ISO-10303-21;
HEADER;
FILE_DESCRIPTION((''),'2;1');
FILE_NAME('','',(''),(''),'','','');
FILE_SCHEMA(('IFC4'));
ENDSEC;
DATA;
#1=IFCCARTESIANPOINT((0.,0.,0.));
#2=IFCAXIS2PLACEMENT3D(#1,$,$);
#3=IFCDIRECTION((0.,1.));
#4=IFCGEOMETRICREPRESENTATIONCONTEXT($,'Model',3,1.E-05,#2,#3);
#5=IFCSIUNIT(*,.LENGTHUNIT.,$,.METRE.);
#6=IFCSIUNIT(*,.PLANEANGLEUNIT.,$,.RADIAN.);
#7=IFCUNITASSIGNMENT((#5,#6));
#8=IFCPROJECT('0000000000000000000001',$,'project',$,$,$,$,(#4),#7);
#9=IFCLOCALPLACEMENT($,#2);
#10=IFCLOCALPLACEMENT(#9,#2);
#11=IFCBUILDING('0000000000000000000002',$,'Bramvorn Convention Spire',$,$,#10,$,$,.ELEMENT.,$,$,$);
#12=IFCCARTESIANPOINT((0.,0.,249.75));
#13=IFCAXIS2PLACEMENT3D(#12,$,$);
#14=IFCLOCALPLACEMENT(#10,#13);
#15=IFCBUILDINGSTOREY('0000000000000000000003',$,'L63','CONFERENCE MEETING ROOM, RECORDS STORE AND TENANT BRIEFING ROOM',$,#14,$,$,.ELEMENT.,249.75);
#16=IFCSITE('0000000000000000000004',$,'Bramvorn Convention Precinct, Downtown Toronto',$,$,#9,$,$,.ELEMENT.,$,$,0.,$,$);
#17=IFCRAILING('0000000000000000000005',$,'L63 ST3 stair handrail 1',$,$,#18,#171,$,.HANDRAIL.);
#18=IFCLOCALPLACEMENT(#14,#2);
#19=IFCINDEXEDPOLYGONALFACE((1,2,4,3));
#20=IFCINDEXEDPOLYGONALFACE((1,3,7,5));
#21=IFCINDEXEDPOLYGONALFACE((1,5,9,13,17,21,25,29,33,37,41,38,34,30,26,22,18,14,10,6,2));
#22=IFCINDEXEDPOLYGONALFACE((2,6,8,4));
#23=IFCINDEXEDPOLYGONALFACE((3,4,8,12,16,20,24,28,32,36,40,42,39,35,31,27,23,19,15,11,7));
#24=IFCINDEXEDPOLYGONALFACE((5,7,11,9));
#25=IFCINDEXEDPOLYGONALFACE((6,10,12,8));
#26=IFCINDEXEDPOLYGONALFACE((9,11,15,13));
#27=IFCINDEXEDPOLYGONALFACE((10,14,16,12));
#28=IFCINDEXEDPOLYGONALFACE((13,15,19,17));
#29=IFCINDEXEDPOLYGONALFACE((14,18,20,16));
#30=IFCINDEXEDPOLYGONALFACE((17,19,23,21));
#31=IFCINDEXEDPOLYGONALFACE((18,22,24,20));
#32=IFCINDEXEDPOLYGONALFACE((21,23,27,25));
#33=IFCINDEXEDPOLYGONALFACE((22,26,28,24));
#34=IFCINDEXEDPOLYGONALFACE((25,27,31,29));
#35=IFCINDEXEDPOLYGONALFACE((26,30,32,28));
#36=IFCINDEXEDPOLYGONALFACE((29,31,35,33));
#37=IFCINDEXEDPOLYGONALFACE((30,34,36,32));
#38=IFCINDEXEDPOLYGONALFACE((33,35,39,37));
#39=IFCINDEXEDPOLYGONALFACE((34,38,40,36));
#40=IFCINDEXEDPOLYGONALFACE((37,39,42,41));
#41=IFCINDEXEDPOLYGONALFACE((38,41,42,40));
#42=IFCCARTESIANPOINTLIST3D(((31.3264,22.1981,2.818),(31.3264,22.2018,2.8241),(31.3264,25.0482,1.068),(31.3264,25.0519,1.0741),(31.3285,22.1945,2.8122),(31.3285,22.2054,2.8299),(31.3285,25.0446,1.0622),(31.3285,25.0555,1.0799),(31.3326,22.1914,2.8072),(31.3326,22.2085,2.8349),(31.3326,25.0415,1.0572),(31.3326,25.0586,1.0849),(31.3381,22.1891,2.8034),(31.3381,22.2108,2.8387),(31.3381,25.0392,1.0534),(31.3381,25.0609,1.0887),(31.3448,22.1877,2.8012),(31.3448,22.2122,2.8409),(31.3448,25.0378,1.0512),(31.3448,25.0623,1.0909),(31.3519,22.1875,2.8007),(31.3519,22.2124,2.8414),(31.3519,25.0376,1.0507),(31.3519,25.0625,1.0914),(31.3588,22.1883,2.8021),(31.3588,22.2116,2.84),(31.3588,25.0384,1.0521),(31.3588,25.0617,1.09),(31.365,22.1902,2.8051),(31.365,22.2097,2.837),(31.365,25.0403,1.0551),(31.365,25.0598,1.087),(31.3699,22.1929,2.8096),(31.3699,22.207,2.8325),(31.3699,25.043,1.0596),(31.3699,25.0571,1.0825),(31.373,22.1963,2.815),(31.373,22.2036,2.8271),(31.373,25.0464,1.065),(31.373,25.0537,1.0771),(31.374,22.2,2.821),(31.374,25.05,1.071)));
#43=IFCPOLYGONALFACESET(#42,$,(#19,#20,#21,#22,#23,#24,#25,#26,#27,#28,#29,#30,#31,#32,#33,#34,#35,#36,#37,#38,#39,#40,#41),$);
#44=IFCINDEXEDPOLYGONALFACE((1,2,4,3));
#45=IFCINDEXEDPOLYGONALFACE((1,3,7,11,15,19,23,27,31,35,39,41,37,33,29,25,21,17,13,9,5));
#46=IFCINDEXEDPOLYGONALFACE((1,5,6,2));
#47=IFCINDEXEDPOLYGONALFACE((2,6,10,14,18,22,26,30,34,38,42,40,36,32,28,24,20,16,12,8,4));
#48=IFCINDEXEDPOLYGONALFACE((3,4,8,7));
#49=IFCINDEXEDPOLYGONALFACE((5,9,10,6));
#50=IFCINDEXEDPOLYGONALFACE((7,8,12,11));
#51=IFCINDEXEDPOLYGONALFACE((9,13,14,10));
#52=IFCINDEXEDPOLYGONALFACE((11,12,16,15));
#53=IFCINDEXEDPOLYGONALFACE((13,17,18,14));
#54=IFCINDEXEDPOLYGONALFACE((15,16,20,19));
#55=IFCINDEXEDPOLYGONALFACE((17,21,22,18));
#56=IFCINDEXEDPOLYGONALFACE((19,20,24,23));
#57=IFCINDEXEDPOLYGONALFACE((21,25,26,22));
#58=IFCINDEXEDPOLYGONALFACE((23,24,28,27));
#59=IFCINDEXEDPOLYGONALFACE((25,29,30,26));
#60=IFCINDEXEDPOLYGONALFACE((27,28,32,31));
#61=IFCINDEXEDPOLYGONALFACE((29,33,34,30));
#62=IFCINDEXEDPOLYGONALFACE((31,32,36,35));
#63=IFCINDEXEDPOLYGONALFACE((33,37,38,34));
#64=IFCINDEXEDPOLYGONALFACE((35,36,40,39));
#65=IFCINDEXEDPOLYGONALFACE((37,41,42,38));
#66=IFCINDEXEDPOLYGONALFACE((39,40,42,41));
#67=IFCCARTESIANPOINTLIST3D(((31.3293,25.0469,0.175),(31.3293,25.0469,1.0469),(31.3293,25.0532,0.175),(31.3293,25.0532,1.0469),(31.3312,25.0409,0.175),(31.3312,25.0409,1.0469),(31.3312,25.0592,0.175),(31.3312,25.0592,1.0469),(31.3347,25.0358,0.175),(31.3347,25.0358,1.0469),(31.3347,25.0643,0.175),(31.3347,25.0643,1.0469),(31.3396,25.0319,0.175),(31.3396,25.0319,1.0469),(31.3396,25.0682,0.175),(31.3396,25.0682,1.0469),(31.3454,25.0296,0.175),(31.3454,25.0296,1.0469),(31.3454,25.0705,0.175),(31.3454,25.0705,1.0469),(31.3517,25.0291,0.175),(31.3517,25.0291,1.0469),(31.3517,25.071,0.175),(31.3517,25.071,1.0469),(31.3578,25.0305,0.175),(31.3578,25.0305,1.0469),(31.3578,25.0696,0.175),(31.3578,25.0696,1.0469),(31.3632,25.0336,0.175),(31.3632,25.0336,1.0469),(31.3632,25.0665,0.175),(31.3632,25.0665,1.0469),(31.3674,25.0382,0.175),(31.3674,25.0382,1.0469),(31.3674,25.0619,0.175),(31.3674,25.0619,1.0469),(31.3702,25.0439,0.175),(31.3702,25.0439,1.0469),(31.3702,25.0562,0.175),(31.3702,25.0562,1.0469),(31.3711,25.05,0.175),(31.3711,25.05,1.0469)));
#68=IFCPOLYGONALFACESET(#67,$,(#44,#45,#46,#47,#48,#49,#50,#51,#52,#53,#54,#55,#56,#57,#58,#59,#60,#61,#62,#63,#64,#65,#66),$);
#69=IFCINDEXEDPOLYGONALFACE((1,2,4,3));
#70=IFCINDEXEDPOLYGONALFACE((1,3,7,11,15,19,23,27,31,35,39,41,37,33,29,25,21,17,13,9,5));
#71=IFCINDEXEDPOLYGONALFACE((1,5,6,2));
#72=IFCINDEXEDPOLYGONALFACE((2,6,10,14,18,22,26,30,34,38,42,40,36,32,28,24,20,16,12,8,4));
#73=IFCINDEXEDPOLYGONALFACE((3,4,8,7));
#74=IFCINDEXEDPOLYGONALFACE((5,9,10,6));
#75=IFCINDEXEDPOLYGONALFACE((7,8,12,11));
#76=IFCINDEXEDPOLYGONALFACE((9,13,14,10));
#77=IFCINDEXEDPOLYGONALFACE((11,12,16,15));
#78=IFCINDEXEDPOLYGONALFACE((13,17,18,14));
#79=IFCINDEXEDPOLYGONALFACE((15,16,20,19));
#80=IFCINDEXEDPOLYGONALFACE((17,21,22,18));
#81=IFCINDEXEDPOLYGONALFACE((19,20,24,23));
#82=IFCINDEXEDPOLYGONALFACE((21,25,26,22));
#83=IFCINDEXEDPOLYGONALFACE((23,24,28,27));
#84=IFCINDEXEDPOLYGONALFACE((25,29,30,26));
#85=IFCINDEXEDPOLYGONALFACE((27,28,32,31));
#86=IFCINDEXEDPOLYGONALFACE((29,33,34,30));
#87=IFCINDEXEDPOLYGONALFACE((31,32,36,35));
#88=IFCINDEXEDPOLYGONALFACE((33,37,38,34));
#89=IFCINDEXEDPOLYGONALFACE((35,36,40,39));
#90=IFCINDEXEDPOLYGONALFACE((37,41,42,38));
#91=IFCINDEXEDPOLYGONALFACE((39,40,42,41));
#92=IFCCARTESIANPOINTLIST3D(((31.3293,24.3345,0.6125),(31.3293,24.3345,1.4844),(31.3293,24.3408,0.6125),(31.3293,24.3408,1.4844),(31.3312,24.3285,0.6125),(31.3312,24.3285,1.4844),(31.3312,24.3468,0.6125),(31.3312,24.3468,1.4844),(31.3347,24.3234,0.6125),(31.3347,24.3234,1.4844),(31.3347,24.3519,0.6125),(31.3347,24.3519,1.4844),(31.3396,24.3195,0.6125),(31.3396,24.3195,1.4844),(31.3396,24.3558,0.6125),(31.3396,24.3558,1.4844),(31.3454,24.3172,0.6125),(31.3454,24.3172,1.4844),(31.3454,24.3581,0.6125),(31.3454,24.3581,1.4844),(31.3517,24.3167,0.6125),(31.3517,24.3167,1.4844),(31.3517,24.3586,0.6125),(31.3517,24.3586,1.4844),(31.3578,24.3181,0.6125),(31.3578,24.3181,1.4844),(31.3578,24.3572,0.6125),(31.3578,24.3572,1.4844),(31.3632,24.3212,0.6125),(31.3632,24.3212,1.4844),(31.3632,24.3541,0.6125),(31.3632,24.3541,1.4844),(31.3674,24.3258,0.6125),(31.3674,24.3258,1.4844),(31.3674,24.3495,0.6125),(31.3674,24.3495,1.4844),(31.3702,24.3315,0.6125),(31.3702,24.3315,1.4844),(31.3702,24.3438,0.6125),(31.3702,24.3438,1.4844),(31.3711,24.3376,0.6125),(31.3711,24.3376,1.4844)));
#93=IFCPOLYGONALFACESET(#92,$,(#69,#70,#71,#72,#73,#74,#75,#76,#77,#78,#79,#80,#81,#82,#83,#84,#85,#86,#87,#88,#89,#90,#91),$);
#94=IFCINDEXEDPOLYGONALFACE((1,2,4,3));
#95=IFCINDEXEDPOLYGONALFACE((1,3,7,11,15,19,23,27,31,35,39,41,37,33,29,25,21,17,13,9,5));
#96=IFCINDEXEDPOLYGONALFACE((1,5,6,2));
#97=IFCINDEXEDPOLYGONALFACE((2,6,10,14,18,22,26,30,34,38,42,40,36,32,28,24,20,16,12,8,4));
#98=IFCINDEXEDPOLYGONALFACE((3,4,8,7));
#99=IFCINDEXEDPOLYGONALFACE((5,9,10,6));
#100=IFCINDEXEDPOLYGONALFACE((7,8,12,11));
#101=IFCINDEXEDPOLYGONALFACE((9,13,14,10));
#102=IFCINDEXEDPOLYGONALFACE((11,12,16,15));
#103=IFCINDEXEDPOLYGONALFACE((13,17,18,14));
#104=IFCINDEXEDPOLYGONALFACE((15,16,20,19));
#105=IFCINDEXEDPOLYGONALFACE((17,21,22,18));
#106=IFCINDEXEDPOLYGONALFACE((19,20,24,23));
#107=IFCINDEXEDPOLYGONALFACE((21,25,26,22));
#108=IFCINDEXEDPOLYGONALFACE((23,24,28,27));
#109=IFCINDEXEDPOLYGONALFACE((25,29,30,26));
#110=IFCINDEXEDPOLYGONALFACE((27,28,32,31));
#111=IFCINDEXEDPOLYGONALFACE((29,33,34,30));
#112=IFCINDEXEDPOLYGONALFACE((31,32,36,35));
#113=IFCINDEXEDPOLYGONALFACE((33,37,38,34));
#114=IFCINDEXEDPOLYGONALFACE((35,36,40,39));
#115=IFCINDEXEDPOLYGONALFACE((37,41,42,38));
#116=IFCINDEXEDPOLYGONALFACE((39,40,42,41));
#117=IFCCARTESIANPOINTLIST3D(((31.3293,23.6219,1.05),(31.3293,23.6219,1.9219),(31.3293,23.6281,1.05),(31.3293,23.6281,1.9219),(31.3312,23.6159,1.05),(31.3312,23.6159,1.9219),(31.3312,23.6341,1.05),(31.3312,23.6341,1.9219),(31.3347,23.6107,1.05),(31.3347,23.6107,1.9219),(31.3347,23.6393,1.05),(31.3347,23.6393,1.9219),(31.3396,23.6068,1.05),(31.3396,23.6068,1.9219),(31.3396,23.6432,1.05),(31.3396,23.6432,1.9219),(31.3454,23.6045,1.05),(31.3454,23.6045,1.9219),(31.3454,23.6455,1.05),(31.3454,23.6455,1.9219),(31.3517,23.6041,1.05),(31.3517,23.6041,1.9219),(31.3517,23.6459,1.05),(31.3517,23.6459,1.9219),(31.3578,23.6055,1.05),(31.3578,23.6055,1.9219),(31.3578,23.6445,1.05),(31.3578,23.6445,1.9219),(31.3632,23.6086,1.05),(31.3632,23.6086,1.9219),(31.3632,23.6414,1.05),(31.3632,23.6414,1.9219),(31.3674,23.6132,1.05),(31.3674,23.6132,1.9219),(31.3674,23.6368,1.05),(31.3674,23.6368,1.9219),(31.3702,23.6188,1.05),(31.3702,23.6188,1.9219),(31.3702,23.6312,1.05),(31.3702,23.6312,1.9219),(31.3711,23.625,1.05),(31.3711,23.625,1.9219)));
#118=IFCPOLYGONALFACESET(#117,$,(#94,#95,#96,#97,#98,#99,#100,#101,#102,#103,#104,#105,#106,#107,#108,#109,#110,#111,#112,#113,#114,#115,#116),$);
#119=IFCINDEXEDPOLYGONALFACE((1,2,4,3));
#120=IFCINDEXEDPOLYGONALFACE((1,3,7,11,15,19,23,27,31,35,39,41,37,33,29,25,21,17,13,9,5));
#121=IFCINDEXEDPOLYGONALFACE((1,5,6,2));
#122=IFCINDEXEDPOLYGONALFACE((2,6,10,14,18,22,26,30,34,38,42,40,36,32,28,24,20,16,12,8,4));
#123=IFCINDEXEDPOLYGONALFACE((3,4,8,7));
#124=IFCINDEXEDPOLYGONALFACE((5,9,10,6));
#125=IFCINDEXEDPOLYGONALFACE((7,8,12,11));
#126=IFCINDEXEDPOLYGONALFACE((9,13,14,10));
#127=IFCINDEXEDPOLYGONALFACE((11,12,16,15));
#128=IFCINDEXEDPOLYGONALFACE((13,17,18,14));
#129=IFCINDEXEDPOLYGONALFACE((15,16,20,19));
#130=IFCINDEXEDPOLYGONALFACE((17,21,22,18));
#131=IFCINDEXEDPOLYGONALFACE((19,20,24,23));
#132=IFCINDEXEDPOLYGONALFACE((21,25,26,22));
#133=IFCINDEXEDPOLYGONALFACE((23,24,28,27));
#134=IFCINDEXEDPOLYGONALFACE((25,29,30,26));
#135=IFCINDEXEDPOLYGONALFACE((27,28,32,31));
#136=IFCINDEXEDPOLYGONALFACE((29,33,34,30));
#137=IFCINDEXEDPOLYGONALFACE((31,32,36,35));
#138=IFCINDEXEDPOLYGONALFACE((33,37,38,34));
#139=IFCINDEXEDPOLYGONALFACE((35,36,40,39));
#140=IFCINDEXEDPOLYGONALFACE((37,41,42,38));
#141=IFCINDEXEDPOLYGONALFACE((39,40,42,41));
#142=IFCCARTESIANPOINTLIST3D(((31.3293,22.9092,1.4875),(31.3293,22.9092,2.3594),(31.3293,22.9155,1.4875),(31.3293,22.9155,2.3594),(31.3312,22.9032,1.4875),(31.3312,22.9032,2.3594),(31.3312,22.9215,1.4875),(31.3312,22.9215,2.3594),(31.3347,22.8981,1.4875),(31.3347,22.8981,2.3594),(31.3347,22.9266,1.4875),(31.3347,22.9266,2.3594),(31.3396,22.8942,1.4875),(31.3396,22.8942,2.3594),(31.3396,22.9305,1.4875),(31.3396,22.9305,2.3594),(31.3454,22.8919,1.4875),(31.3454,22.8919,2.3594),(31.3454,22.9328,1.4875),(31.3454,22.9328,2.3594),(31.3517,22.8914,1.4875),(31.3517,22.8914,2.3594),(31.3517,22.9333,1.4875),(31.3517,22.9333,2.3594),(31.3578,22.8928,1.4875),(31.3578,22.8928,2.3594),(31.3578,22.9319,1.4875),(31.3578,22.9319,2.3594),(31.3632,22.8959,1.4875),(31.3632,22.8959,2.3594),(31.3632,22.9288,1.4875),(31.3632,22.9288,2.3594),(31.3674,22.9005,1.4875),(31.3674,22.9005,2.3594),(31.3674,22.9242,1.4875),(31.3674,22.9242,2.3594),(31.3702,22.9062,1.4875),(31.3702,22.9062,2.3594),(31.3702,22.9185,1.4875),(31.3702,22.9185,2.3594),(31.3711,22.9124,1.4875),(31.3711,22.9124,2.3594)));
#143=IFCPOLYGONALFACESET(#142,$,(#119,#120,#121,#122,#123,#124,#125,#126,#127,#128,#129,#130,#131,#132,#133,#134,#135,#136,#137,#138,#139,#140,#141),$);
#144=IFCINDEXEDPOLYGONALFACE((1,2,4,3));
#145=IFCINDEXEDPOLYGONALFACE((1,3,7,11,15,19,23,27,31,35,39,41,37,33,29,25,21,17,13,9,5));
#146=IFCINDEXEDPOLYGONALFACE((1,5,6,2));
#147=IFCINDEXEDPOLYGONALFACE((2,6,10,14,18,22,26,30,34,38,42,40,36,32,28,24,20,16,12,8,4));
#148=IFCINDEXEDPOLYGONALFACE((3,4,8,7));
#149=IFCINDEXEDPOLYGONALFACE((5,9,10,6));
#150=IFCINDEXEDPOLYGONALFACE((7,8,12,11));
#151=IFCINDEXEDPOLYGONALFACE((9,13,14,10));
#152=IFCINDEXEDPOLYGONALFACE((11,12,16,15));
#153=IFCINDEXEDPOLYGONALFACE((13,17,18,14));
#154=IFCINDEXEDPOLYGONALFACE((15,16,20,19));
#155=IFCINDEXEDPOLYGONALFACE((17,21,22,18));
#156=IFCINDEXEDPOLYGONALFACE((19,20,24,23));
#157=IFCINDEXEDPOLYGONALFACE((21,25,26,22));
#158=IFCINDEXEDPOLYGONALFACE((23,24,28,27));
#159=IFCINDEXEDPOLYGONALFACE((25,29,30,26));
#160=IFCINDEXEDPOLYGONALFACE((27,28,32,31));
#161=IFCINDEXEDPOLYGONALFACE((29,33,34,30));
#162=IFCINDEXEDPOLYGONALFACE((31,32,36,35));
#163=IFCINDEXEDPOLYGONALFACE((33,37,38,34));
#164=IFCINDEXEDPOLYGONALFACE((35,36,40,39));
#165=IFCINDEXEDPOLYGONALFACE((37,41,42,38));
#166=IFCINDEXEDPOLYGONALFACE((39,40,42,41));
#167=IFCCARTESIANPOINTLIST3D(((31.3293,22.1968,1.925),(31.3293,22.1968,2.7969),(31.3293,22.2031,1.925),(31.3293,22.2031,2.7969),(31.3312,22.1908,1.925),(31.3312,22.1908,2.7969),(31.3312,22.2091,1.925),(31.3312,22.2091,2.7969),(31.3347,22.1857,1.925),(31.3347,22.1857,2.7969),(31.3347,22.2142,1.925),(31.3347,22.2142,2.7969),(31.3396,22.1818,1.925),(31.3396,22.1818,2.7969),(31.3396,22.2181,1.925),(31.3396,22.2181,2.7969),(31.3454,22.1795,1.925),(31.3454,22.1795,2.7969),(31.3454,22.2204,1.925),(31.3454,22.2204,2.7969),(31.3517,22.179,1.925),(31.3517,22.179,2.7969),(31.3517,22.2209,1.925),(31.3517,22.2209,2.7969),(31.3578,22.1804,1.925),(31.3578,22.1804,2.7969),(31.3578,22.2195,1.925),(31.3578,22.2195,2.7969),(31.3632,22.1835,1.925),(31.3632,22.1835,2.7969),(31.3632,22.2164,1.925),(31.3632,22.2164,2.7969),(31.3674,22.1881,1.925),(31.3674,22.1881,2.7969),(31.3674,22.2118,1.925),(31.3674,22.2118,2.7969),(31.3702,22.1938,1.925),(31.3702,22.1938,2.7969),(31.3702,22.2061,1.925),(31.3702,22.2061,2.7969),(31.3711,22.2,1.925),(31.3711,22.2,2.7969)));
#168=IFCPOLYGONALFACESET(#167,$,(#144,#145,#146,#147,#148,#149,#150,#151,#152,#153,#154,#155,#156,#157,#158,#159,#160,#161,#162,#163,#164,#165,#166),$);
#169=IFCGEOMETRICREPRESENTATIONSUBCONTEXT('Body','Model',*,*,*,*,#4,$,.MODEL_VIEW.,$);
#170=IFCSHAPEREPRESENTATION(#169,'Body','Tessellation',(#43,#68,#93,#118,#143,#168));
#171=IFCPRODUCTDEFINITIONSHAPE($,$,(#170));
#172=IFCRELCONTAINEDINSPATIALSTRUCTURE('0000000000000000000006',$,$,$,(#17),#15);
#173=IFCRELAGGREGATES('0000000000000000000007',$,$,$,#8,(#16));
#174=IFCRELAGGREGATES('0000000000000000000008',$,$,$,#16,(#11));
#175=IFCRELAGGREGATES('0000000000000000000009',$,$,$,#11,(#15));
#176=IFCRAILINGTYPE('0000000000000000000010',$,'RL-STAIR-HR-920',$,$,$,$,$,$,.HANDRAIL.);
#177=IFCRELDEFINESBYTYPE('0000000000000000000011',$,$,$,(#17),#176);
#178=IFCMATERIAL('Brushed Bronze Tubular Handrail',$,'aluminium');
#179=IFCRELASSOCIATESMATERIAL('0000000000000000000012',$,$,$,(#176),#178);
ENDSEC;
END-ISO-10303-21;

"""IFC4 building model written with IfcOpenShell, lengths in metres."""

from ifc_helpers import new_model, si_unit, direction, frame, origin, origin_2d, place, context, subcontext, project, spatial, circle, extrude, material, type_object, element, save


model = new_model("IFC4")

# Units and contexts
model_context = context("Model", 3, precision=1e-05, world=origin(), true_north=direction((0.0, 1.0)))
body_context = subcontext(model_context, "Body", "Model", "MODEL_VIEW")
ifc_project = project(units=[si_unit("LENGTHUNIT", "METRE"), si_unit("PLANEANGLEUNIT", "RADIAN")], contexts=[model_context])

# Site, building, storey
site_placement = place(None, origin())
site = spatial("IfcSite", under=ifc_project, at=site_placement, Name="Bramvorn Convention Precinct, Downtown Toronto", CompositionType="ELEMENT", RefElevation=0.0)
building_placement = place(site_placement, origin())
building = spatial("IfcBuilding", under=site, at=building_placement, Name="Bramvorn Convention Spire", CompositionType="ELEMENT")
storey_placement = place(building_placement, frame((0.0, 0.0, 249.75)))
storey = spatial("IfcBuildingStorey", under=building, at=storey_placement, Name="L63", Description="CONFERENCE MEETING ROOM, RECORDS STORE AND TENANT BRIEFING ROOM", CompositionType="ELEMENT", Elevation=249.75)

# Railing
ifc_material_1 = material(Name="Brushed Bronze Tubular Handrail", Category="aluminium")
railing_type_1 = type_object("IfcRailingType", Name="RL-STAIR-HR-920", PredefinedType="HANDRAIL", material=ifc_material_1)
railing_1_placement = place(storey_placement, frame((31.3501, 25.05, 0.175)))
element("IfcRailing", 1, at=railing_1_placement, inside=storey, type_object=railing_type_1, Name="L63 ST3 stair handrail 1", PredefinedType="HANDRAIL", context=body_context, shape_type="SweptSolid", body=[
    extrude(circle(Radius=0.0239, at=origin_2d()), frame((0.0, 0.0, 0.896), z_axis=(0.0, -0.852179, 0.52325), x_axis=(1.0, 0.0, 0.0)), (0.0, 0.0, 1.0), 3.3445),
    extrude(circle(Radius=0.021, at=origin_2d()), origin(), (0.0, 0.0, 1.0), 0.8718),
    extrude(circle(Radius=0.021, at=origin_2d()), frame((0.0, -0.7124, 0.4375)), (0.0, 0.0, 1.0), 0.8718),
    extrude(circle(Radius=0.021, at=origin_2d()), frame((0.0, -1.425, 0.875)), (0.0, 0.0, 1.0), 0.8718),
    extrude(circle(Radius=0.021, at=origin_2d()), frame((0.0, -2.1377, 1.3125)), (0.0, 0.0, 1.0), 0.8718),
    extrude(circle(Radius=0.021, at=origin_2d()), frame((0.0, -2.8501, 1.75)), (0.0, 0.0, 1.0), 0.8718),
])

save(model, "model.ifc")
